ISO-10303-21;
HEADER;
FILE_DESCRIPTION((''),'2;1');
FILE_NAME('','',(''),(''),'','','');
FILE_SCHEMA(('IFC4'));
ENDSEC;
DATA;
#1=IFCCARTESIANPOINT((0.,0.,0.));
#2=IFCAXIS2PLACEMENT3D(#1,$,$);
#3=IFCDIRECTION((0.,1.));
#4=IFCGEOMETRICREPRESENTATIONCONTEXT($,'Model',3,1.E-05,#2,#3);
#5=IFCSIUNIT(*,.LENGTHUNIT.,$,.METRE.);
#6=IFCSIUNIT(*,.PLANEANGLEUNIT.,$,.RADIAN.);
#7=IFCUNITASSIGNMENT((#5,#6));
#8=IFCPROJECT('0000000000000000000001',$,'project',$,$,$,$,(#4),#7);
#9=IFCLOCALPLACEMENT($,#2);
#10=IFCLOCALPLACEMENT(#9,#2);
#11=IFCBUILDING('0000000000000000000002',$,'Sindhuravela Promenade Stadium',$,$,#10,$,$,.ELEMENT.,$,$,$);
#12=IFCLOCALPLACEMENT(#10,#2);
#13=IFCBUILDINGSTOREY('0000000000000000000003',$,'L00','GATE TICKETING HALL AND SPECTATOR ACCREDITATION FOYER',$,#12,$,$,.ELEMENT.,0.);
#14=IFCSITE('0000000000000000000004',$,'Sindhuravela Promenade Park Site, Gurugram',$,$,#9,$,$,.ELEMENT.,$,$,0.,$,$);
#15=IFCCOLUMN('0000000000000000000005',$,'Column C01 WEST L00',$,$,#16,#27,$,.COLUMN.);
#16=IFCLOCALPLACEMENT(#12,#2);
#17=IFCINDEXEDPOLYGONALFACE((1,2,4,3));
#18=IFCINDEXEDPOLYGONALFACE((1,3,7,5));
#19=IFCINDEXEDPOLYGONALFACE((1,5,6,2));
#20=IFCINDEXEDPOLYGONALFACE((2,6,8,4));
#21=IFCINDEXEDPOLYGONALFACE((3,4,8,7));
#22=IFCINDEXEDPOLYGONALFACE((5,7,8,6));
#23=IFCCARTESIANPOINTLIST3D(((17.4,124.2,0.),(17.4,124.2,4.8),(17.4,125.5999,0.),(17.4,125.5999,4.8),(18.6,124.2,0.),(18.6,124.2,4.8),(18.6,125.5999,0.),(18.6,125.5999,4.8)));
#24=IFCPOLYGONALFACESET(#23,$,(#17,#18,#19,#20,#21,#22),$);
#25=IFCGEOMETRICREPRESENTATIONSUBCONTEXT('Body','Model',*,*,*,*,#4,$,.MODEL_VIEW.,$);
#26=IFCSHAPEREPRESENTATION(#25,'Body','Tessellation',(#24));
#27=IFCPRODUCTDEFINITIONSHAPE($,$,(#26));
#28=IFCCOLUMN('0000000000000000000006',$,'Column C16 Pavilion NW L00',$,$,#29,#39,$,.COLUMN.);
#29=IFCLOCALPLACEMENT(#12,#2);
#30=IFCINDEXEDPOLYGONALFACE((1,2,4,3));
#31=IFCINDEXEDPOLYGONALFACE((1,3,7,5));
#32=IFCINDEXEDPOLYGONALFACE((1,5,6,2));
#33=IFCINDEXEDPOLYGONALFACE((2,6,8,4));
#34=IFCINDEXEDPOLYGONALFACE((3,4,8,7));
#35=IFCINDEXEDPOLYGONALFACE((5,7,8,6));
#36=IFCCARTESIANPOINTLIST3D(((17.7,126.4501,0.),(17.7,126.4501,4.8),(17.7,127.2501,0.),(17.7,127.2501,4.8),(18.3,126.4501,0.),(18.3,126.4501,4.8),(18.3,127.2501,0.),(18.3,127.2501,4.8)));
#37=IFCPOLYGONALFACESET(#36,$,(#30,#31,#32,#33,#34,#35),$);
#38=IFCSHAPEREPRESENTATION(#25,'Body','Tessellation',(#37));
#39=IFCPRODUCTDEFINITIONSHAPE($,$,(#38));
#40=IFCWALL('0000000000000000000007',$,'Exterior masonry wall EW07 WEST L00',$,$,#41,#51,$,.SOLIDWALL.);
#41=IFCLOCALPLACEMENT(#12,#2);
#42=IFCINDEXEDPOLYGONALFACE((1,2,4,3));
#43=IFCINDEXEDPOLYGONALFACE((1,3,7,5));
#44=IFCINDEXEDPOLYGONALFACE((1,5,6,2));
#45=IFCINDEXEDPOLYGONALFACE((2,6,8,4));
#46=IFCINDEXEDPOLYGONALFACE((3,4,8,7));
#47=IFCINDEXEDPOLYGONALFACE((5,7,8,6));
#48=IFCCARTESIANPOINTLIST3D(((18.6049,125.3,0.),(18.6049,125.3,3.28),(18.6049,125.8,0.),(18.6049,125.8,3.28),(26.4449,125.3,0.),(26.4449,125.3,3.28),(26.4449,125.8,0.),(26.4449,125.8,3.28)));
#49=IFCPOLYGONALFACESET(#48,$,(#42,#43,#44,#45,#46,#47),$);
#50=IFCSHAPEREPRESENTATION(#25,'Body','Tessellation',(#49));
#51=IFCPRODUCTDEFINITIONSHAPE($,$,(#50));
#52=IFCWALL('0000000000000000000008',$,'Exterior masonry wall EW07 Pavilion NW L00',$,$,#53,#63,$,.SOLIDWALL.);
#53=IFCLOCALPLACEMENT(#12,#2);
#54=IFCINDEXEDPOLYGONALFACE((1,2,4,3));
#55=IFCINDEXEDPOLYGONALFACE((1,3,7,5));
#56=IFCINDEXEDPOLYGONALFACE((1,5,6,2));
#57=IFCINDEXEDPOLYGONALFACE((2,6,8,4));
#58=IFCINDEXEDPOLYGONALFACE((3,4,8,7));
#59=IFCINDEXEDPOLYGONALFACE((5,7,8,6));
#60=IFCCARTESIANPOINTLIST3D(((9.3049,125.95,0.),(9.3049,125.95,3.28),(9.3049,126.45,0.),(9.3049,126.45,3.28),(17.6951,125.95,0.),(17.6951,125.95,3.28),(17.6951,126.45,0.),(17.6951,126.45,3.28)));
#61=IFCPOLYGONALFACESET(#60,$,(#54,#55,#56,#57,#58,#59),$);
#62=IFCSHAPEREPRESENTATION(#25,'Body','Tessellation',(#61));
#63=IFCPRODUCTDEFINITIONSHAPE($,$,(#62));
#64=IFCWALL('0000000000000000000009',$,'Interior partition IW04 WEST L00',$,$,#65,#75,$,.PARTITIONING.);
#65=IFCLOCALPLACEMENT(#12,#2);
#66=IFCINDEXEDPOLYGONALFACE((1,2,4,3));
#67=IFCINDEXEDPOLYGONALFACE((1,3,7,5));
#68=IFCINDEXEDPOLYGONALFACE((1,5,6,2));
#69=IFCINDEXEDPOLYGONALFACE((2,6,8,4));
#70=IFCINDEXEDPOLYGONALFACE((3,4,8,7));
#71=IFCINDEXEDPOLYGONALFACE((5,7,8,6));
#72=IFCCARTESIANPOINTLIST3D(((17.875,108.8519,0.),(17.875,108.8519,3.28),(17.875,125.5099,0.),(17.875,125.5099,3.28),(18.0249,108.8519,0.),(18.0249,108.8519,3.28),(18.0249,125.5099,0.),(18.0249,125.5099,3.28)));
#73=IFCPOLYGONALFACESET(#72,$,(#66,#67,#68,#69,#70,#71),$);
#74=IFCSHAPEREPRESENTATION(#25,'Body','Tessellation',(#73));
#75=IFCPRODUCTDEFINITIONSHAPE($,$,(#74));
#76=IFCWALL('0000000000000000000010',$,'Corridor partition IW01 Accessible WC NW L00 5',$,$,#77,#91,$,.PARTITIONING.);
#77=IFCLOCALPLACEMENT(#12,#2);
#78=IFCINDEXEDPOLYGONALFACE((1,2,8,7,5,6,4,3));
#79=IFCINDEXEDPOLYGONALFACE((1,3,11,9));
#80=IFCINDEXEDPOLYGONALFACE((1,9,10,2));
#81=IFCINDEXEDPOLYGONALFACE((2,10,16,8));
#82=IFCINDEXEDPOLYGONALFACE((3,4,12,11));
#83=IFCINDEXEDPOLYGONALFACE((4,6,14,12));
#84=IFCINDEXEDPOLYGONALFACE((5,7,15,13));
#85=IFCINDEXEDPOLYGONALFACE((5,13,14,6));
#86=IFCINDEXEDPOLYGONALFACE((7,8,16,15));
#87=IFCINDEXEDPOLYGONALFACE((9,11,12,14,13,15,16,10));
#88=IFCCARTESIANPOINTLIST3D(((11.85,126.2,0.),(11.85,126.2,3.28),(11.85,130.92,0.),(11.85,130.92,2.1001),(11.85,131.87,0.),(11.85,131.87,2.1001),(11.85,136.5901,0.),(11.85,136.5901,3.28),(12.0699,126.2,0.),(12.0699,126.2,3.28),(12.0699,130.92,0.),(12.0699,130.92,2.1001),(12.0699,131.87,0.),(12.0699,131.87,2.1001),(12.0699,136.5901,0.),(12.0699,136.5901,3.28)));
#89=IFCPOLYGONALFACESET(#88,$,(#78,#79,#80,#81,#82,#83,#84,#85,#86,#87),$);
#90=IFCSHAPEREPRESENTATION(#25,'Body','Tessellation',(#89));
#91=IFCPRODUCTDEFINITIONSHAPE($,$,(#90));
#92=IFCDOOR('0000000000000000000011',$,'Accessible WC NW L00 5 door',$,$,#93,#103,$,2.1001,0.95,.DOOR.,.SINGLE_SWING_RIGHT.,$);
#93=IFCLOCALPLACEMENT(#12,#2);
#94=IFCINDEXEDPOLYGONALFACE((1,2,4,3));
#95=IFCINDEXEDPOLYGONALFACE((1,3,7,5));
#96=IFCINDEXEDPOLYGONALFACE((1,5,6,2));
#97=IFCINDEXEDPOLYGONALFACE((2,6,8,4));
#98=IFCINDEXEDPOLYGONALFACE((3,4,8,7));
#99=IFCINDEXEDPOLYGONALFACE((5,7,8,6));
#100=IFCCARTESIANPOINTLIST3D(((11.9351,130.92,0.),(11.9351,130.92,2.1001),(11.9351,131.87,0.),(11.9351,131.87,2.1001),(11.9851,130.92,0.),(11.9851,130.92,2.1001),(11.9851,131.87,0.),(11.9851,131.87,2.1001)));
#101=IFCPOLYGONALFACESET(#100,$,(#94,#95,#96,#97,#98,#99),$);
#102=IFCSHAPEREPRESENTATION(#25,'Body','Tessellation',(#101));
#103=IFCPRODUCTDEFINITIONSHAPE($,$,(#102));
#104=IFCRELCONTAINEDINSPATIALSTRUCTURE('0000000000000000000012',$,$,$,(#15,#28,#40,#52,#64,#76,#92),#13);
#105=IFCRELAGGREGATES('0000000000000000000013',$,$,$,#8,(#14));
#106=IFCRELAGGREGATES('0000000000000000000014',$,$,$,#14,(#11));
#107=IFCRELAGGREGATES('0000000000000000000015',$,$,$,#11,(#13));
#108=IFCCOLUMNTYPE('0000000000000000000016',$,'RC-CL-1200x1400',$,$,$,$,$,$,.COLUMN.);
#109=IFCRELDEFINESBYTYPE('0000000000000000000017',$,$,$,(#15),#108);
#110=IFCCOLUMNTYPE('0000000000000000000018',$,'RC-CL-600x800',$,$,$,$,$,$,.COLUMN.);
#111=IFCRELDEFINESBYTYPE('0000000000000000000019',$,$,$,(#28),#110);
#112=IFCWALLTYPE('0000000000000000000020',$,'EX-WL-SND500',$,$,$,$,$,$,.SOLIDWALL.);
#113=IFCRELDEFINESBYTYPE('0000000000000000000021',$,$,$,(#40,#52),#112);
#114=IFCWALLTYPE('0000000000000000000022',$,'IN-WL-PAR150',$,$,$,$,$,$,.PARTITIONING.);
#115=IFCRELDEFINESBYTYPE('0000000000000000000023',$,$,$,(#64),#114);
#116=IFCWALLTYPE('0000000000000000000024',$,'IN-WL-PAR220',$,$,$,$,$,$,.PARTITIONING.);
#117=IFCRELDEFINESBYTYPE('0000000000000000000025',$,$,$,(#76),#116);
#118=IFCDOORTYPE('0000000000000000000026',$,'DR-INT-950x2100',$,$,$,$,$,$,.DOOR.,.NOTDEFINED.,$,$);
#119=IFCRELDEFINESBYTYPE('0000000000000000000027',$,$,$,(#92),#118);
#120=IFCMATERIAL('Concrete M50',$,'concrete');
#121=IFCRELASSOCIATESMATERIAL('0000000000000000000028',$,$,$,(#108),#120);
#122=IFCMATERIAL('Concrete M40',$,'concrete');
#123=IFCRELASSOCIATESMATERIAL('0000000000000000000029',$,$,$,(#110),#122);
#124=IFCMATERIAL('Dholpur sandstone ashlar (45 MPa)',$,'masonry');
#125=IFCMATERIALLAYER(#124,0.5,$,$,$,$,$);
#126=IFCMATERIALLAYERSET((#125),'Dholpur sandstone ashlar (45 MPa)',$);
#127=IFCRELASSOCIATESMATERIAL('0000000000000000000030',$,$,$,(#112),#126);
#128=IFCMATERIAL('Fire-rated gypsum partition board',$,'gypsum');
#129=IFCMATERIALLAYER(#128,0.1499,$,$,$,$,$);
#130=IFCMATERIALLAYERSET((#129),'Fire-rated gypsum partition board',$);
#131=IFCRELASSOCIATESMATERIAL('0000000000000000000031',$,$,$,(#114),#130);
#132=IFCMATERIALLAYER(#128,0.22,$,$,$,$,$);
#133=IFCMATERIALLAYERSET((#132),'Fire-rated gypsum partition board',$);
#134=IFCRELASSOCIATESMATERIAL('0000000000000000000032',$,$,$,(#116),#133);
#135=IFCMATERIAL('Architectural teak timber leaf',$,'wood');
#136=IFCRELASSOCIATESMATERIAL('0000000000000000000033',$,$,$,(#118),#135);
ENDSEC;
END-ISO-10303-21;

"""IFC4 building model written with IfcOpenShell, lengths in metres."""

from ifc_helpers import new_model, si_unit, direction, frame, frame_2d, origin, origin_2d, place, context, subcontext, project, spatial, rectangle, extrude, material, layer, layer_set, material_profile, profile_set, type_object, element, fill, save


model = new_model("IFC4")

# Units and contexts
model_context = context("Model", 3, precision=1e-05, world=origin(), true_north=direction((0.0, 1.0)))
body_context = subcontext(model_context, "Body", "Model", "MODEL_VIEW")
ifc_project = project(units=[si_unit("LENGTHUNIT", "METRE"), si_unit("PLANEANGLEUNIT", "RADIAN")], contexts=[model_context])

# Site, building, storey
site_placement = place(None, origin())
site = spatial("IfcSite", under=ifc_project, at=site_placement, Name="Sindhuravela Promenade Park Site, Gurugram", CompositionType="ELEMENT", RefElevation=0.0)
building_placement = place(site_placement, origin())
building = spatial("IfcBuilding", under=site, at=building_placement, Name="Sindhuravela Promenade Stadium", CompositionType="ELEMENT")
storey_placement = place(building_placement, origin())
storey = spatial("IfcBuildingStorey", under=building, at=storey_placement, Name="L00", Description="GATE TICKETING HALL AND SPECTATOR ACCREDITATION FOYER", CompositionType="ELEMENT", Elevation=0.0)

# Shared definitions
ifc_material_1 = material(Name="Concrete M50", Category="concrete")

# Shared definitions
ifc_material_2 = material(Name="Concrete M40", Category="concrete")

# Columns
ifc_material_profile_1 = material_profile(ifc_material_1, rectangle(XDim=1.2, YDim=1.3999, at=origin_2d()), Name="RC 1200x1400")
ifc_profile_set_1 = profile_set([ifc_material_profile_1], Name="Concrete M50")
column_type_1 = type_object("IfcColumnType", Name="RC-CL-1200x1400", PredefinedType="COLUMN", material=ifc_profile_set_1)
for number, where, z_axis, x_axis, name in (
    (1, (18.0, 124.8999, 0.0), (0.0, 0.0, 1.0), (1.0, 0.0, 0.0), "Column C01 WEST L00"),
):
    element("IfcColumn", number, at=place(storey_placement, frame(where, z_axis=z_axis, x_axis=x_axis)), inside=storey, type_object=column_type_1, Name=name, PredefinedType="COLUMN", context=body_context, shape_type="SweptSolid", body=[
        extrude(rectangle(XDim=1.2, YDim=1.3999, at=origin_2d()), origin(), (0.0, 0.0, 1.0), 4.8),
    ])
ifc_material_profile_2 = material_profile(ifc_material_2, rectangle(XDim=0.6001, YDim=0.8, at=origin_2d()), Name="RC 600x800")
ifc_profile_set_2 = profile_set([ifc_material_profile_2], Name="Concrete M40")
column_type_2 = type_object("IfcColumnType", Name="RC-CL-600x800", PredefinedType="COLUMN", material=ifc_profile_set_2)
column_placement = place(storey_placement, frame((18.0, 126.8501, 0.0), z_axis=(0.0, 0.0, 1.0), x_axis=(1.0, 0.0, 0.0)))
element("IfcColumn", 2, at=column_placement, inside=storey, type_object=column_type_2, Name="Column C16 Pavilion NW L00", PredefinedType="COLUMN", context=body_context, shape_type="SweptSolid", body=[
    extrude(rectangle(XDim=0.6001, YDim=0.8, at=origin_2d()), origin(), (0.0, 0.0, 1.0), 4.8),
])

# Walls
ifc_material_3 = material(Name="Dholpur sandstone ashlar (45 MPa)", Category="masonry")
ifc_layer_1 = layer(ifc_material_3, 0.5)
ifc_layer_set_1 = layer_set([ifc_layer_1], Name="Dholpur sandstone ashlar (45 MPa)")
wall_type_1 = type_object("IfcWallType", Name="EX-WL-SND500", PredefinedType="SOLIDWALL", material=ifc_layer_set_1)
wall_1_placement = place(storey_placement, frame((18.605, 125.55, 0.0), z_axis=(0.0, 0.0, 1.0), x_axis=(1.0, 0.0, 0.0)))
element("IfcWall", 3, at=wall_1_placement, inside=storey, type_object=wall_type_1, Name="Exterior masonry wall EW07 WEST L00", PredefinedType="SOLIDWALL", context=body_context, shape_type="SweptSolid", body=[
    extrude(rectangle(XDim=7.8401, YDim=0.5, at=frame_2d((3.9199, 0.0))), origin(), (0.0, 0.0, 1.0), 3.28),
])
wall_2_placement = place(storey_placement, frame((17.6951, 126.2, 0.0), z_axis=(0.0, 0.0, 1.0), x_axis=(-1.0, 0.0, 0.0)))
element("IfcWall", 4, at=wall_2_placement, inside=storey, type_object=wall_type_1, Name="Exterior masonry wall EW07 Pavilion NW L00", PredefinedType="SOLIDWALL", context=body_context, shape_type="SweptSolid", body=[
    extrude(rectangle(XDim=8.3901, YDim=0.5, at=frame_2d((4.1951, 0.0))), origin(), (0.0, 0.0, 1.0), 3.28),
])
ifc_material_4 = material(Name="Fire-rated gypsum partition board", Category="gypsum")
ifc_layer_2 = layer(ifc_material_4, 0.1499)
ifc_layer_set_2 = layer_set([ifc_layer_2], Name="Fire-rated gypsum partition board")
wall_type_2 = type_object("IfcWallType", Name="IN-WL-PAR150", PredefinedType="PARTITIONING", material=ifc_layer_set_2)
wall_3_placement = place(storey_placement, frame((17.95, 125.51, 0.0), z_axis=(0.0, 0.0, 1.0), x_axis=(0.0, -1.0, 0.0)))
element("IfcWall", 5, at=wall_3_placement, inside=storey, type_object=wall_type_2, Name="Interior partition IW04 WEST L00", PredefinedType="PARTITIONING", context=body_context, shape_type="SweptSolid", body=[
    extrude(rectangle(XDim=16.658, YDim=0.1499, at=frame_2d((8.3291, 0.0))), origin(), (0.0, 0.0, 1.0), 3.28),
])

# Wall, opening, door
ifc_layer_3 = layer(ifc_material_4, 0.22)
ifc_layer_set_3 = layer_set([ifc_layer_3], Name="Fire-rated gypsum partition board")
wall_type_3 = type_object("IfcWallType", Name="IN-WL-PAR220", PredefinedType="PARTITIONING", material=ifc_layer_set_3)
wall_4_placement = place(storey_placement, frame((11.96, 126.2, 0.0), z_axis=(0.0, 0.0, 1.0), x_axis=(0.0, 1.0, 0.0)))
wall_4 = element("IfcWall", 6, at=wall_4_placement, inside=storey, type_object=wall_type_3, Name="Corridor partition IW01 Accessible WC NW L00 5", PredefinedType="PARTITIONING", context=body_context, shape_type="SweptSolid", body=[
    extrude(rectangle(XDim=10.3901, YDim=0.22, at=frame_2d((5.1951, 0.0))), origin(), (0.0, 0.0, 1.0), 3.28),
])
opening_placement = place(wall_4_placement, frame((4.72, 0.0, 0.0)))
opening = element("IfcOpeningElement", 7, at=opening_placement, cuts=wall_4, PredefinedType="OPENING", context=body_context, shape_type="SweptSolid", body=[
    extrude(rectangle(XDim=0.95, YDim=2.1001, at=frame_2d((0.4751, 1.05))), frame((0.0, 0.1199, 0.0), z_axis=(0.0, -1.0, 0.0), x_axis=(1.0, 0.0, 0.0)), (0.0, 0.0, 1.0), 0.24),
])
ifc_material_5 = material(Name="Architectural teak timber leaf", Category="wood")
door_type = type_object("IfcDoorType", Name="DR-INT-950x2100", OperationType="NOTDEFINED", PredefinedType="DOOR", material=ifc_material_5)
door_placement = place(opening_placement, origin())
door = element("IfcDoor", 8, at=door_placement, inside=storey, type_object=door_type, Name="Accessible WC NW L00 5 door", OperationType="SINGLE_SWING_RIGHT", OverallHeight=2.1001, OverallWidth=0.95, PredefinedType="DOOR", context=body_context, shape_type="SweptSolid", body=[
    extrude(rectangle(XDim=0.95, YDim=2.1001, at=frame_2d((0.4751, 1.05))), frame((0.0, 0.0249, 0.0), z_axis=(0.0, -1.0, 0.0), x_axis=(1.0, 0.0, 0.0)), (0.0, 0.0, 1.0), 0.05),
])
fill(opening, door)

save(model, "model.ifc")
